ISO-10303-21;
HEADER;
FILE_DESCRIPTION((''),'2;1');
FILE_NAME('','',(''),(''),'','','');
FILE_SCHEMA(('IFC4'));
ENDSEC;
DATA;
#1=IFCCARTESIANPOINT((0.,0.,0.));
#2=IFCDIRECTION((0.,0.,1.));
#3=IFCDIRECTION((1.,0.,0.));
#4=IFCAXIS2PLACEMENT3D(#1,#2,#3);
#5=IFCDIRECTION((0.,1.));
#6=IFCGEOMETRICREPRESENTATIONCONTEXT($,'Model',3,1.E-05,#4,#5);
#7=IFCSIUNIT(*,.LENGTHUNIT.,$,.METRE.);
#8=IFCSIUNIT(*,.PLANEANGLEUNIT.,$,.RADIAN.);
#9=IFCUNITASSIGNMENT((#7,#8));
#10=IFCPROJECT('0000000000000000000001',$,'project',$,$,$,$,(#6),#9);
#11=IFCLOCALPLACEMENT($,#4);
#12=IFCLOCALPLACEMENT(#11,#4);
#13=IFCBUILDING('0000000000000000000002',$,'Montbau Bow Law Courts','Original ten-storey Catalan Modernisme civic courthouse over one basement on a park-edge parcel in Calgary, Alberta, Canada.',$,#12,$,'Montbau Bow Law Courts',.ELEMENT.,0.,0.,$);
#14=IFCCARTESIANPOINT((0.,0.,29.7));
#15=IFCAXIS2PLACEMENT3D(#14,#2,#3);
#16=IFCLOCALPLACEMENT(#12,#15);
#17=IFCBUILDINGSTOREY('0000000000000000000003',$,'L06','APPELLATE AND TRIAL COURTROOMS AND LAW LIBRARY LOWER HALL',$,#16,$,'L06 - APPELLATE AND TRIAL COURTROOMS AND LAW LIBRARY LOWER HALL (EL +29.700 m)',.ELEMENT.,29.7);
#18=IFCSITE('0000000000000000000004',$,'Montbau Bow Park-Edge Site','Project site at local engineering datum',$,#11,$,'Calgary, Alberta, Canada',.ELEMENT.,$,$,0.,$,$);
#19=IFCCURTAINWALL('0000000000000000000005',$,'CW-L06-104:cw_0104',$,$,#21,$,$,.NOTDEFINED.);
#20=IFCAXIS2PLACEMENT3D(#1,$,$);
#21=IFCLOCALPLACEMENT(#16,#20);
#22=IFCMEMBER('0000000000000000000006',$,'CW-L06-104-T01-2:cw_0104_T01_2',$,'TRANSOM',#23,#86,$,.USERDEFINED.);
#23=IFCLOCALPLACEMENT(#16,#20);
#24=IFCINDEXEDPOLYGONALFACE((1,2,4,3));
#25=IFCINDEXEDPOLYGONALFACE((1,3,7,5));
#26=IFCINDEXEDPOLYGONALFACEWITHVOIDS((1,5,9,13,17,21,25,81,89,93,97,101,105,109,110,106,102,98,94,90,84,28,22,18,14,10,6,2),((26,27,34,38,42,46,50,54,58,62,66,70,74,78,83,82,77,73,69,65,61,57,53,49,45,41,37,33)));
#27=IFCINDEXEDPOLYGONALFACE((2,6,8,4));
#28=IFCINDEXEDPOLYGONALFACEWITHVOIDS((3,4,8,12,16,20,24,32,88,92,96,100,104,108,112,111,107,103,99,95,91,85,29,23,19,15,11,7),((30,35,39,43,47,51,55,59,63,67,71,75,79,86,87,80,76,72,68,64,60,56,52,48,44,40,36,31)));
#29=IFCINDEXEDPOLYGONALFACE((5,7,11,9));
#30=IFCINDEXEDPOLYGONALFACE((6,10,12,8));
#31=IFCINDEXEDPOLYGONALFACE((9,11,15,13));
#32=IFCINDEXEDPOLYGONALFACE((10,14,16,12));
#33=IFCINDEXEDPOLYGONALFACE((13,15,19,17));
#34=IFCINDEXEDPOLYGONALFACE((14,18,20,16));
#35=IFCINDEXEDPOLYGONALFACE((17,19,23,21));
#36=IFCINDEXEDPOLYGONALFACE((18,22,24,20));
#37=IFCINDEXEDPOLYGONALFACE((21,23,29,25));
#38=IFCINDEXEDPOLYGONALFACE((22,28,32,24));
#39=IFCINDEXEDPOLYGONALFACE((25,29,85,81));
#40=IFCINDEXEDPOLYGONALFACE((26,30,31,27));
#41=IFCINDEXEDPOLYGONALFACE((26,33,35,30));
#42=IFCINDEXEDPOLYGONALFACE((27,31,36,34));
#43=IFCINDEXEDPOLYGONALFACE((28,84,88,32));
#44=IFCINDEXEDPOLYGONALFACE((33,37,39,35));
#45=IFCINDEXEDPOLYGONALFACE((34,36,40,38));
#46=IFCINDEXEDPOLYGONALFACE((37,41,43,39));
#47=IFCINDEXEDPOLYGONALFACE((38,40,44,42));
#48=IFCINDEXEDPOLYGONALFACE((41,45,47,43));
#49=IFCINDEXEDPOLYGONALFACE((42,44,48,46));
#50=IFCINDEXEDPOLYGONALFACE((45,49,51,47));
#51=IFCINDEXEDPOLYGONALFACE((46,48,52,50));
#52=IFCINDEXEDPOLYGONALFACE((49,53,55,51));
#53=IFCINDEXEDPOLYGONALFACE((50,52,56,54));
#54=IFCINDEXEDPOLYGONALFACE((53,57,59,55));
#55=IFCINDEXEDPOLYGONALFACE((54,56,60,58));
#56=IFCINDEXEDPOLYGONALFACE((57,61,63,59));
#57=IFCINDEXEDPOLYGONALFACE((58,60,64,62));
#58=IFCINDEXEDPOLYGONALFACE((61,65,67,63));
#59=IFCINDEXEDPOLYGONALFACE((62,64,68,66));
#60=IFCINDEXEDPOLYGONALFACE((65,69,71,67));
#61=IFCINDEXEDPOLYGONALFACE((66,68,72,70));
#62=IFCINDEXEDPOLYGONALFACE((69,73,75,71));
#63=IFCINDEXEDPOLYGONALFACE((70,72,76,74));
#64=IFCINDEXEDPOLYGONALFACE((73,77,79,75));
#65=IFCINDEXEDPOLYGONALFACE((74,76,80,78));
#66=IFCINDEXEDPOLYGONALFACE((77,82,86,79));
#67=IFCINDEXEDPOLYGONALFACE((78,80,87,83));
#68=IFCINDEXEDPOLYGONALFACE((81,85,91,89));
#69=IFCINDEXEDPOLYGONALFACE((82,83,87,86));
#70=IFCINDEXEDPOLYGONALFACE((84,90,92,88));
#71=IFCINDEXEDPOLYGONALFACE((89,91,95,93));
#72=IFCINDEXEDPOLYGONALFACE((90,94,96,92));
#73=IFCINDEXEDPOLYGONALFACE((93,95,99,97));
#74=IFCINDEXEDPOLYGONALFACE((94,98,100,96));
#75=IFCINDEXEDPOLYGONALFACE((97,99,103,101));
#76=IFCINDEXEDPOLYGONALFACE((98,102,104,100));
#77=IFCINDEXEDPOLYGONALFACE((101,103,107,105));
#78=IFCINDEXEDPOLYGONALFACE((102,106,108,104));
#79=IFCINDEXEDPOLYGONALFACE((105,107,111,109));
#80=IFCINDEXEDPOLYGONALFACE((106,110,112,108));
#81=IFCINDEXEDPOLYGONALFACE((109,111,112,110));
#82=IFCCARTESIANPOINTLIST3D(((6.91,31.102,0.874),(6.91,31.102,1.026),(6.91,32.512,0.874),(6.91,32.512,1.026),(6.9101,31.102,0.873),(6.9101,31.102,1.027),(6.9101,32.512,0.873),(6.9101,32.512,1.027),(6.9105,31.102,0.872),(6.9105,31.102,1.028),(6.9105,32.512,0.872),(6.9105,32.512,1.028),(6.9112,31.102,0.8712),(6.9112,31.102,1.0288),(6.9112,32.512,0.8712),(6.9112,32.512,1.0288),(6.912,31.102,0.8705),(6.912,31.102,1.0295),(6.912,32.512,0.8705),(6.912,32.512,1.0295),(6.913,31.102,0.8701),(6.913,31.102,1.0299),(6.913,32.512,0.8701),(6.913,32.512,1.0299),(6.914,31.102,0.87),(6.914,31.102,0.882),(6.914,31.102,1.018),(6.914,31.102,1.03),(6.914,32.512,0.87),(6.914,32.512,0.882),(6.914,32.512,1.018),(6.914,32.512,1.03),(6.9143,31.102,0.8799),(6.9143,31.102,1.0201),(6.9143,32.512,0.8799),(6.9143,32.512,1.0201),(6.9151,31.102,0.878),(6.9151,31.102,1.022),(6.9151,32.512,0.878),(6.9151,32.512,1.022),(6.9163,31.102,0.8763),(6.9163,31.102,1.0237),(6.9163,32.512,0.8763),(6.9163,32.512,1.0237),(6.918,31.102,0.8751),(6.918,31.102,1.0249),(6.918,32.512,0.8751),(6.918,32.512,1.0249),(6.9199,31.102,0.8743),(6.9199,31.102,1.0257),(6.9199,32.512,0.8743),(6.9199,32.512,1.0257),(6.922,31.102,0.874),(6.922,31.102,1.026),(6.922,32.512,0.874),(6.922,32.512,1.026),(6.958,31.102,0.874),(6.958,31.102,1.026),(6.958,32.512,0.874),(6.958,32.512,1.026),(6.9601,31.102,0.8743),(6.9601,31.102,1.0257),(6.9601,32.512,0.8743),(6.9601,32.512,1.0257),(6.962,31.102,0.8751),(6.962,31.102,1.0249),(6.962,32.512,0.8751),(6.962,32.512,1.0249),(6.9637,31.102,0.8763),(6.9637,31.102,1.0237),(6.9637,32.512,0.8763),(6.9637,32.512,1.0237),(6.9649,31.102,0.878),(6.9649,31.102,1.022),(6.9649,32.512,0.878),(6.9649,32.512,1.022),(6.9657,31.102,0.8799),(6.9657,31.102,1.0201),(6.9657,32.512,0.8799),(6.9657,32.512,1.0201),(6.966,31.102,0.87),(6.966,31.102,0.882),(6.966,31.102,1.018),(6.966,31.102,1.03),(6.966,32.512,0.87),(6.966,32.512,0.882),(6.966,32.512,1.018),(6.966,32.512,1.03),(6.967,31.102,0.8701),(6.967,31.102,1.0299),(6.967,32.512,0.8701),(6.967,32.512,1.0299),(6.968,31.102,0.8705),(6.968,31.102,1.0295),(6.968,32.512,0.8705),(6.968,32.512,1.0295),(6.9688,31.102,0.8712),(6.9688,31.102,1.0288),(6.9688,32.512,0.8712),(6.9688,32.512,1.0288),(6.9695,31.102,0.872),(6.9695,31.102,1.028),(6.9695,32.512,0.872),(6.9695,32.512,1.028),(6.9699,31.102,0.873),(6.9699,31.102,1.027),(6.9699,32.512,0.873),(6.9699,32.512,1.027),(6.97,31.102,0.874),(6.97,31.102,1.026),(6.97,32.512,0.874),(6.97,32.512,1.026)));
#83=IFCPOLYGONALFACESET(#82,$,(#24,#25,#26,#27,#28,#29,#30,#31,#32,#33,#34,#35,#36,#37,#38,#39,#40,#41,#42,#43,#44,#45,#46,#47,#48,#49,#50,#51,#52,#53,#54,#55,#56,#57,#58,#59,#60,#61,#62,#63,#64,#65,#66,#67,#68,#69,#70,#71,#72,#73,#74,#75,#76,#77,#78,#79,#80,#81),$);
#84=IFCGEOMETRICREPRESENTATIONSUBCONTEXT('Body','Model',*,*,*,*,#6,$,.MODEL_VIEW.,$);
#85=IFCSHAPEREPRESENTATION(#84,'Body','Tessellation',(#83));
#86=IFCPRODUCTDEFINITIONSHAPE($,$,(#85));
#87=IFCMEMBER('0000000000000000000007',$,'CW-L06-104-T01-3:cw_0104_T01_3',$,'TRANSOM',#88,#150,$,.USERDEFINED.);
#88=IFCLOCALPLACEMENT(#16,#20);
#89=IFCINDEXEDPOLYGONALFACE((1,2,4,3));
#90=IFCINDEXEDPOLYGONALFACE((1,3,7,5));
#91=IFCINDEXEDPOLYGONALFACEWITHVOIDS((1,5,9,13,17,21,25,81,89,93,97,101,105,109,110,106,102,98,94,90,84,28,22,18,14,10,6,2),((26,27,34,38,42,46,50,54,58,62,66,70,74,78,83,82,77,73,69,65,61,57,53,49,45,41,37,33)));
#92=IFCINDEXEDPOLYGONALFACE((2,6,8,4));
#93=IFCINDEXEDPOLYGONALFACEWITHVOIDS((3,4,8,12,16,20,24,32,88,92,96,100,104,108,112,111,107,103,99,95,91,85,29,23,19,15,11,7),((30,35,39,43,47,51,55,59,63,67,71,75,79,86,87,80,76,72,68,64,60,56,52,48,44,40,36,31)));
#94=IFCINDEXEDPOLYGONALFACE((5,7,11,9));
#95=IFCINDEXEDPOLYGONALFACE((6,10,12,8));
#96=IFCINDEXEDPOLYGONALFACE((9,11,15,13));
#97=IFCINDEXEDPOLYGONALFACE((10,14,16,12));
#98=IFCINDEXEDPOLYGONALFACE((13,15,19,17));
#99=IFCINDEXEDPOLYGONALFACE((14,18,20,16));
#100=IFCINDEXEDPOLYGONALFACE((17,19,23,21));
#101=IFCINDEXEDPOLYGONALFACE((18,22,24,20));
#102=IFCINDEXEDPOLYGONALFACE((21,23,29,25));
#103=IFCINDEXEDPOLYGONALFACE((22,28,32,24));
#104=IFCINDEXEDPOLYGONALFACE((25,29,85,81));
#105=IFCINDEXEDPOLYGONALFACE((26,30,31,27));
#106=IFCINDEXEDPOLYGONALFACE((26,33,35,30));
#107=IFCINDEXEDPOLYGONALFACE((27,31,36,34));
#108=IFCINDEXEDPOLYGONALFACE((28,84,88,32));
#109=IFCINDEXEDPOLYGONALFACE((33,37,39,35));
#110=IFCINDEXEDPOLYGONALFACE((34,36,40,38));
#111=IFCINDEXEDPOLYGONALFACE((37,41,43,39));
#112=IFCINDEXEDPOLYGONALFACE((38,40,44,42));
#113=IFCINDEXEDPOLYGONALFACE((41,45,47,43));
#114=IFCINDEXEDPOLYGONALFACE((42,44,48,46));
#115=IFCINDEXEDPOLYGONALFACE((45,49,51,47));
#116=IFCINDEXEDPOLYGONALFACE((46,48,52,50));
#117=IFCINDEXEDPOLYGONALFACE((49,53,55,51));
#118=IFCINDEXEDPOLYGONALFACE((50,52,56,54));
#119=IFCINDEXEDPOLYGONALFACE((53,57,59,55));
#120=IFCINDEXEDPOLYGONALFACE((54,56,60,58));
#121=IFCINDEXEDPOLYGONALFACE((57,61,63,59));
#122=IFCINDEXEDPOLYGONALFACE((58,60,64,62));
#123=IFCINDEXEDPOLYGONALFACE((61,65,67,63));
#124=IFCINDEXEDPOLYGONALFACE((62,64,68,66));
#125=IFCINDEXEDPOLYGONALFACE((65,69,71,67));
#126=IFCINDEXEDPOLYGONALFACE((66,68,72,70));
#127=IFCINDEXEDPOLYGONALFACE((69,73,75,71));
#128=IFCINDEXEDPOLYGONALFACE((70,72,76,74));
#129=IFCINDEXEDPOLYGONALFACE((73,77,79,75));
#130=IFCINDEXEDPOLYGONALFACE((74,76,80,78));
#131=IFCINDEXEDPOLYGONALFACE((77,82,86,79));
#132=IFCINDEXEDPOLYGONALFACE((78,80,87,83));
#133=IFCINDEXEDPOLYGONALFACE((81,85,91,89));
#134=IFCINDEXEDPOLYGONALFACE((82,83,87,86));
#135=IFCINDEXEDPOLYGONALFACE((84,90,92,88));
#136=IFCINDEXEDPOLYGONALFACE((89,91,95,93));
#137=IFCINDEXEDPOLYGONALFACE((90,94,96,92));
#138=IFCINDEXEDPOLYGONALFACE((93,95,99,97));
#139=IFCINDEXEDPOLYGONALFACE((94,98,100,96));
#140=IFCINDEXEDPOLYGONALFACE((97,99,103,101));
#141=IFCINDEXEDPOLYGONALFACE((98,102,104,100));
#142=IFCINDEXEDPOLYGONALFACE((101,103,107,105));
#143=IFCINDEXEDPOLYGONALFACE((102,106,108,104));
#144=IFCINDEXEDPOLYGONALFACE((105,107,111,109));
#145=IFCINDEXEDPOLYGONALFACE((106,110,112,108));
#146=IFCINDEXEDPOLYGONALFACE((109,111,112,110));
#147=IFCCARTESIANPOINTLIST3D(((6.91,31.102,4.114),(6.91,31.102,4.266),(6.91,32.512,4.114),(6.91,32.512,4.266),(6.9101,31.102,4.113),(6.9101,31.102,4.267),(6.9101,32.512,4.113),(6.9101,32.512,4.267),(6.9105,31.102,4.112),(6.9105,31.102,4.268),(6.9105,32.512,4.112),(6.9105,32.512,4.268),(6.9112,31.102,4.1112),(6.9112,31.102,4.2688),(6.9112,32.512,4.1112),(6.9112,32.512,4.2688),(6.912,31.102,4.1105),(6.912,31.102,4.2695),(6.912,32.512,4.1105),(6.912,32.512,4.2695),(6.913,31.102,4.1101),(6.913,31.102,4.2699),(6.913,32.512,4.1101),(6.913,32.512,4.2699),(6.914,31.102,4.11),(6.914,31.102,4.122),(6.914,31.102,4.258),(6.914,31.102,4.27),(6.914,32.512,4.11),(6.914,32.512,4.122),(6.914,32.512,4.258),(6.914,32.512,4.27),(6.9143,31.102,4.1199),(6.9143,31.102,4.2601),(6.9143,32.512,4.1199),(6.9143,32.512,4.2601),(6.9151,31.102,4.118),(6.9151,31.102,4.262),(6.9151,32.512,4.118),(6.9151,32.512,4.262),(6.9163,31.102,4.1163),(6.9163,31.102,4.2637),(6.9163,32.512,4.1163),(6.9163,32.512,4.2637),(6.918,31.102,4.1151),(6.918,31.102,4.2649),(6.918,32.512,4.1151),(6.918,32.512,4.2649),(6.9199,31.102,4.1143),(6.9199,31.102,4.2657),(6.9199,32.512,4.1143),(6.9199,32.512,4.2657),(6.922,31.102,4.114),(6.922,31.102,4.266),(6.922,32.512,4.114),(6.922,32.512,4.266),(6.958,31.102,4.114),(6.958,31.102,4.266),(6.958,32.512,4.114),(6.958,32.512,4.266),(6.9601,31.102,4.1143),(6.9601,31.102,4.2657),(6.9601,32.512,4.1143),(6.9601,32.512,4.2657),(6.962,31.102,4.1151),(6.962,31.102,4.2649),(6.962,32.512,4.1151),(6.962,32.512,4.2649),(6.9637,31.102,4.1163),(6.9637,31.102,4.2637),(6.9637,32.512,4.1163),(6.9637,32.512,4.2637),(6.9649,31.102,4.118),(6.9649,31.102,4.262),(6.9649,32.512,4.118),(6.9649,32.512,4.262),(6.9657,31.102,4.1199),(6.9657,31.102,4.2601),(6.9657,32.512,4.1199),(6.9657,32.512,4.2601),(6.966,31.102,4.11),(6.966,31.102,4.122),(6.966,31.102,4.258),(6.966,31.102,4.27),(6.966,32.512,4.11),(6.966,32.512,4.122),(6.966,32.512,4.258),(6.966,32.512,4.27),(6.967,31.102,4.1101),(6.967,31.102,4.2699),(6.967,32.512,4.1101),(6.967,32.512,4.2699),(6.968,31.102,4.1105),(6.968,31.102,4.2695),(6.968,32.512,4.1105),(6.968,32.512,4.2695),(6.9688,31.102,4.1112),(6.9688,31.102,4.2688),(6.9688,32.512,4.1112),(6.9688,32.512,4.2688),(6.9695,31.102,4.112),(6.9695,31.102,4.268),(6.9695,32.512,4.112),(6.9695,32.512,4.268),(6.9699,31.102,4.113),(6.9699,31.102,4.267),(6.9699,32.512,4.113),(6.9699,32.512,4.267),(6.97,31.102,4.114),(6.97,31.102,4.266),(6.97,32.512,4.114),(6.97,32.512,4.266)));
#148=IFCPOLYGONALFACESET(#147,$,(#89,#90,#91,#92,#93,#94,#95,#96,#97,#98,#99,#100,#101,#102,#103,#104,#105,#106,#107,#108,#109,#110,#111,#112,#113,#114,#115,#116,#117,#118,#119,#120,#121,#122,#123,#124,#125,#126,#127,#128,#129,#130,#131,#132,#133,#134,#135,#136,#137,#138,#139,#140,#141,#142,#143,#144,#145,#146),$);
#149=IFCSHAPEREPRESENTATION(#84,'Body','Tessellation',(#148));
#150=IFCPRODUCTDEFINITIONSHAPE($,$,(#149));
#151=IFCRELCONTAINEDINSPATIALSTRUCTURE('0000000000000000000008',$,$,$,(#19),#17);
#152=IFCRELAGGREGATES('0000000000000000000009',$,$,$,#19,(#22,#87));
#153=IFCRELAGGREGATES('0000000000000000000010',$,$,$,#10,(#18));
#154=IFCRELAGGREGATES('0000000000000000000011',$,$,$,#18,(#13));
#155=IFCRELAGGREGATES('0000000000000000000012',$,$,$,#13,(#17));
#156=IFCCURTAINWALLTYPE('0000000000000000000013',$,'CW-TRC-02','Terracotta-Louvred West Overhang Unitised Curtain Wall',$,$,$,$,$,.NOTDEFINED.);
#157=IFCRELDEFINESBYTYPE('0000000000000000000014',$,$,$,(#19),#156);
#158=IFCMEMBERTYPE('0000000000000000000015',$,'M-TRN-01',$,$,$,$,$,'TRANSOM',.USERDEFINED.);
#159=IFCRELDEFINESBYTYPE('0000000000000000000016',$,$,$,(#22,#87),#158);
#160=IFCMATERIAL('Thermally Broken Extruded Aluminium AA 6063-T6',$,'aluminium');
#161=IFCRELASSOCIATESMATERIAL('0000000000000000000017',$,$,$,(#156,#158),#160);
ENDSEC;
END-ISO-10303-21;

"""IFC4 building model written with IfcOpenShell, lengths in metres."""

from ifc_helpers import new_model, si_unit, direction, frame, origin_with_axes, origin_2d_with_axis, place, context, subcontext, project, spatial, hollow_rectangle, extrude, material, material_profile, profile_set, type_object, element, aggregate, save


model = new_model("IFC4")

# Units and contexts
model_context = context("Model", 3, precision=1e-05, world=origin_with_axes(), true_north=direction((0.0, 1.0)))
body_context = subcontext(model_context, "Body", "Model", "MODEL_VIEW")
ifc_project = project(units=[si_unit("LENGTHUNIT", "METRE"), si_unit("PLANEANGLEUNIT", "RADIAN")], contexts=[model_context])

# Site, building, storey
site_placement = place(None, origin_with_axes())
site = spatial("IfcSite", under=ifc_project, at=site_placement, Name="Montbau Bow Park-Edge Site", Description="Project site at local engineering datum", LongName="Calgary, Alberta, Canada", CompositionType="ELEMENT", RefElevation=0.0)
building_placement = place(site_placement, origin_with_axes())
building = spatial("IfcBuilding", under=site, at=building_placement, Name="Montbau Bow Law Courts", Description="Original ten-storey Catalan Modernisme civic courthouse over one basement on a park-edge parcel in Calgary, Alberta, Canada.", LongName="Montbau Bow Law Courts", CompositionType="ELEMENT", ElevationOfRefHeight=0.0, ElevationOfTerrain=0.0)
storey_placement = place(building_placement, frame((0.0, 0.0, 29.7), z_axis=(0.0, 0.0, 1.0), x_axis=(1.0, 0.0, 0.0)))
storey = spatial("IfcBuildingStorey", under=building, at=storey_placement, Name="L06", Description="APPELLATE AND TRIAL COURTROOMS AND LAW LIBRARY LOWER HALL", LongName="L06 - APPELLATE AND TRIAL COURTROOMS AND LAW LIBRARY LOWER HALL (EL +29.700 m)", CompositionType="ELEMENT", Elevation=29.7)

# Curtain wall, members
ifc_material_1 = material(Name="Thermally Broken Extruded Aluminium AA 6063-T6", Category="aluminium")
curtain_wall_type = type_object("IfcCurtainWallType", Name="CW-TRC-02", Description="Terracotta-Louvred West Overhang Unitised Curtain Wall", PredefinedType="NOTDEFINED", material=ifc_material_1)
curtain_wall_placement = place(None, frame((6.94, 31.04, 29.7), z_axis=(0.0, 0.0, 1.0), x_axis=(1.0, 0.0, 0.0)))
curtain_wall = element("IfcCurtainWall", 1, at=curtain_wall_placement, inside=storey, type_object=curtain_wall_type, Name="CW-L06-104:cw_0104", PredefinedType="NOTDEFINED")
ifc_material_profile_1 = material_profile(ifc_material_1, hollow_rectangle(XDim=0.06, YDim=0.16, WallThickness=0.004, InnerFilletRadius=0.008, OuterFilletRadius=0.004, at=origin_2d_with_axis()), Name="CWT-160X60", Category="Main", Priority=0)
ifc_profile_set_1 = profile_set([ifc_material_profile_1], Name="Thermally Broken Extruded Aluminium AA 6063-T6")
member_type_1 = type_object("IfcMemberType", Name="M-TRN-01", ElementType="TRANSOM", PredefinedType="USERDEFINED", material=ifc_profile_set_1)
member_1_placement = place(None, frame((6.94, 31.102, 30.65), z_axis=(0.0, 1.0, 0.0), x_axis=(-1.0, 0.0, 0.0)))
member_1 = element("IfcMember", 2, at=member_1_placement, type_object=member_type_1, Name="CW-L06-104-T01-2:cw_0104_T01_2", ObjectType="TRANSOM", PredefinedType="USERDEFINED", context=body_context, shape_type="SweptSolid", body=[
    extrude(hollow_rectangle(XDim=0.06, YDim=0.16, WallThickness=0.004, InnerFilletRadius=0.008, OuterFilletRadius=0.004, at=origin_2d_with_axis()), origin_with_axes(), (0.0, 0.0, 1.0), 1.41),
])
member_2_placement = place(None, frame((6.94, 31.102, 33.89), z_axis=(0.0, 1.0, 0.0), x_axis=(-1.0, 0.0, 0.0)))
member_2 = element("IfcMember", 3, at=member_2_placement, type_object=member_type_1, Name="CW-L06-104-T01-3:cw_0104_T01_3", ObjectType="TRANSOM", PredefinedType="USERDEFINED", context=body_context, shape_type="SweptSolid", body=[
    extrude(hollow_rectangle(XDim=0.06, YDim=0.16, WallThickness=0.004, InnerFilletRadius=0.008, OuterFilletRadius=0.004, at=origin_2d_with_axis()), origin_with_axes(), (0.0, 0.0, 1.0), 1.41),
])
aggregate(curtain_wall, [member_1, member_2])

save(model, "model.ifc")
